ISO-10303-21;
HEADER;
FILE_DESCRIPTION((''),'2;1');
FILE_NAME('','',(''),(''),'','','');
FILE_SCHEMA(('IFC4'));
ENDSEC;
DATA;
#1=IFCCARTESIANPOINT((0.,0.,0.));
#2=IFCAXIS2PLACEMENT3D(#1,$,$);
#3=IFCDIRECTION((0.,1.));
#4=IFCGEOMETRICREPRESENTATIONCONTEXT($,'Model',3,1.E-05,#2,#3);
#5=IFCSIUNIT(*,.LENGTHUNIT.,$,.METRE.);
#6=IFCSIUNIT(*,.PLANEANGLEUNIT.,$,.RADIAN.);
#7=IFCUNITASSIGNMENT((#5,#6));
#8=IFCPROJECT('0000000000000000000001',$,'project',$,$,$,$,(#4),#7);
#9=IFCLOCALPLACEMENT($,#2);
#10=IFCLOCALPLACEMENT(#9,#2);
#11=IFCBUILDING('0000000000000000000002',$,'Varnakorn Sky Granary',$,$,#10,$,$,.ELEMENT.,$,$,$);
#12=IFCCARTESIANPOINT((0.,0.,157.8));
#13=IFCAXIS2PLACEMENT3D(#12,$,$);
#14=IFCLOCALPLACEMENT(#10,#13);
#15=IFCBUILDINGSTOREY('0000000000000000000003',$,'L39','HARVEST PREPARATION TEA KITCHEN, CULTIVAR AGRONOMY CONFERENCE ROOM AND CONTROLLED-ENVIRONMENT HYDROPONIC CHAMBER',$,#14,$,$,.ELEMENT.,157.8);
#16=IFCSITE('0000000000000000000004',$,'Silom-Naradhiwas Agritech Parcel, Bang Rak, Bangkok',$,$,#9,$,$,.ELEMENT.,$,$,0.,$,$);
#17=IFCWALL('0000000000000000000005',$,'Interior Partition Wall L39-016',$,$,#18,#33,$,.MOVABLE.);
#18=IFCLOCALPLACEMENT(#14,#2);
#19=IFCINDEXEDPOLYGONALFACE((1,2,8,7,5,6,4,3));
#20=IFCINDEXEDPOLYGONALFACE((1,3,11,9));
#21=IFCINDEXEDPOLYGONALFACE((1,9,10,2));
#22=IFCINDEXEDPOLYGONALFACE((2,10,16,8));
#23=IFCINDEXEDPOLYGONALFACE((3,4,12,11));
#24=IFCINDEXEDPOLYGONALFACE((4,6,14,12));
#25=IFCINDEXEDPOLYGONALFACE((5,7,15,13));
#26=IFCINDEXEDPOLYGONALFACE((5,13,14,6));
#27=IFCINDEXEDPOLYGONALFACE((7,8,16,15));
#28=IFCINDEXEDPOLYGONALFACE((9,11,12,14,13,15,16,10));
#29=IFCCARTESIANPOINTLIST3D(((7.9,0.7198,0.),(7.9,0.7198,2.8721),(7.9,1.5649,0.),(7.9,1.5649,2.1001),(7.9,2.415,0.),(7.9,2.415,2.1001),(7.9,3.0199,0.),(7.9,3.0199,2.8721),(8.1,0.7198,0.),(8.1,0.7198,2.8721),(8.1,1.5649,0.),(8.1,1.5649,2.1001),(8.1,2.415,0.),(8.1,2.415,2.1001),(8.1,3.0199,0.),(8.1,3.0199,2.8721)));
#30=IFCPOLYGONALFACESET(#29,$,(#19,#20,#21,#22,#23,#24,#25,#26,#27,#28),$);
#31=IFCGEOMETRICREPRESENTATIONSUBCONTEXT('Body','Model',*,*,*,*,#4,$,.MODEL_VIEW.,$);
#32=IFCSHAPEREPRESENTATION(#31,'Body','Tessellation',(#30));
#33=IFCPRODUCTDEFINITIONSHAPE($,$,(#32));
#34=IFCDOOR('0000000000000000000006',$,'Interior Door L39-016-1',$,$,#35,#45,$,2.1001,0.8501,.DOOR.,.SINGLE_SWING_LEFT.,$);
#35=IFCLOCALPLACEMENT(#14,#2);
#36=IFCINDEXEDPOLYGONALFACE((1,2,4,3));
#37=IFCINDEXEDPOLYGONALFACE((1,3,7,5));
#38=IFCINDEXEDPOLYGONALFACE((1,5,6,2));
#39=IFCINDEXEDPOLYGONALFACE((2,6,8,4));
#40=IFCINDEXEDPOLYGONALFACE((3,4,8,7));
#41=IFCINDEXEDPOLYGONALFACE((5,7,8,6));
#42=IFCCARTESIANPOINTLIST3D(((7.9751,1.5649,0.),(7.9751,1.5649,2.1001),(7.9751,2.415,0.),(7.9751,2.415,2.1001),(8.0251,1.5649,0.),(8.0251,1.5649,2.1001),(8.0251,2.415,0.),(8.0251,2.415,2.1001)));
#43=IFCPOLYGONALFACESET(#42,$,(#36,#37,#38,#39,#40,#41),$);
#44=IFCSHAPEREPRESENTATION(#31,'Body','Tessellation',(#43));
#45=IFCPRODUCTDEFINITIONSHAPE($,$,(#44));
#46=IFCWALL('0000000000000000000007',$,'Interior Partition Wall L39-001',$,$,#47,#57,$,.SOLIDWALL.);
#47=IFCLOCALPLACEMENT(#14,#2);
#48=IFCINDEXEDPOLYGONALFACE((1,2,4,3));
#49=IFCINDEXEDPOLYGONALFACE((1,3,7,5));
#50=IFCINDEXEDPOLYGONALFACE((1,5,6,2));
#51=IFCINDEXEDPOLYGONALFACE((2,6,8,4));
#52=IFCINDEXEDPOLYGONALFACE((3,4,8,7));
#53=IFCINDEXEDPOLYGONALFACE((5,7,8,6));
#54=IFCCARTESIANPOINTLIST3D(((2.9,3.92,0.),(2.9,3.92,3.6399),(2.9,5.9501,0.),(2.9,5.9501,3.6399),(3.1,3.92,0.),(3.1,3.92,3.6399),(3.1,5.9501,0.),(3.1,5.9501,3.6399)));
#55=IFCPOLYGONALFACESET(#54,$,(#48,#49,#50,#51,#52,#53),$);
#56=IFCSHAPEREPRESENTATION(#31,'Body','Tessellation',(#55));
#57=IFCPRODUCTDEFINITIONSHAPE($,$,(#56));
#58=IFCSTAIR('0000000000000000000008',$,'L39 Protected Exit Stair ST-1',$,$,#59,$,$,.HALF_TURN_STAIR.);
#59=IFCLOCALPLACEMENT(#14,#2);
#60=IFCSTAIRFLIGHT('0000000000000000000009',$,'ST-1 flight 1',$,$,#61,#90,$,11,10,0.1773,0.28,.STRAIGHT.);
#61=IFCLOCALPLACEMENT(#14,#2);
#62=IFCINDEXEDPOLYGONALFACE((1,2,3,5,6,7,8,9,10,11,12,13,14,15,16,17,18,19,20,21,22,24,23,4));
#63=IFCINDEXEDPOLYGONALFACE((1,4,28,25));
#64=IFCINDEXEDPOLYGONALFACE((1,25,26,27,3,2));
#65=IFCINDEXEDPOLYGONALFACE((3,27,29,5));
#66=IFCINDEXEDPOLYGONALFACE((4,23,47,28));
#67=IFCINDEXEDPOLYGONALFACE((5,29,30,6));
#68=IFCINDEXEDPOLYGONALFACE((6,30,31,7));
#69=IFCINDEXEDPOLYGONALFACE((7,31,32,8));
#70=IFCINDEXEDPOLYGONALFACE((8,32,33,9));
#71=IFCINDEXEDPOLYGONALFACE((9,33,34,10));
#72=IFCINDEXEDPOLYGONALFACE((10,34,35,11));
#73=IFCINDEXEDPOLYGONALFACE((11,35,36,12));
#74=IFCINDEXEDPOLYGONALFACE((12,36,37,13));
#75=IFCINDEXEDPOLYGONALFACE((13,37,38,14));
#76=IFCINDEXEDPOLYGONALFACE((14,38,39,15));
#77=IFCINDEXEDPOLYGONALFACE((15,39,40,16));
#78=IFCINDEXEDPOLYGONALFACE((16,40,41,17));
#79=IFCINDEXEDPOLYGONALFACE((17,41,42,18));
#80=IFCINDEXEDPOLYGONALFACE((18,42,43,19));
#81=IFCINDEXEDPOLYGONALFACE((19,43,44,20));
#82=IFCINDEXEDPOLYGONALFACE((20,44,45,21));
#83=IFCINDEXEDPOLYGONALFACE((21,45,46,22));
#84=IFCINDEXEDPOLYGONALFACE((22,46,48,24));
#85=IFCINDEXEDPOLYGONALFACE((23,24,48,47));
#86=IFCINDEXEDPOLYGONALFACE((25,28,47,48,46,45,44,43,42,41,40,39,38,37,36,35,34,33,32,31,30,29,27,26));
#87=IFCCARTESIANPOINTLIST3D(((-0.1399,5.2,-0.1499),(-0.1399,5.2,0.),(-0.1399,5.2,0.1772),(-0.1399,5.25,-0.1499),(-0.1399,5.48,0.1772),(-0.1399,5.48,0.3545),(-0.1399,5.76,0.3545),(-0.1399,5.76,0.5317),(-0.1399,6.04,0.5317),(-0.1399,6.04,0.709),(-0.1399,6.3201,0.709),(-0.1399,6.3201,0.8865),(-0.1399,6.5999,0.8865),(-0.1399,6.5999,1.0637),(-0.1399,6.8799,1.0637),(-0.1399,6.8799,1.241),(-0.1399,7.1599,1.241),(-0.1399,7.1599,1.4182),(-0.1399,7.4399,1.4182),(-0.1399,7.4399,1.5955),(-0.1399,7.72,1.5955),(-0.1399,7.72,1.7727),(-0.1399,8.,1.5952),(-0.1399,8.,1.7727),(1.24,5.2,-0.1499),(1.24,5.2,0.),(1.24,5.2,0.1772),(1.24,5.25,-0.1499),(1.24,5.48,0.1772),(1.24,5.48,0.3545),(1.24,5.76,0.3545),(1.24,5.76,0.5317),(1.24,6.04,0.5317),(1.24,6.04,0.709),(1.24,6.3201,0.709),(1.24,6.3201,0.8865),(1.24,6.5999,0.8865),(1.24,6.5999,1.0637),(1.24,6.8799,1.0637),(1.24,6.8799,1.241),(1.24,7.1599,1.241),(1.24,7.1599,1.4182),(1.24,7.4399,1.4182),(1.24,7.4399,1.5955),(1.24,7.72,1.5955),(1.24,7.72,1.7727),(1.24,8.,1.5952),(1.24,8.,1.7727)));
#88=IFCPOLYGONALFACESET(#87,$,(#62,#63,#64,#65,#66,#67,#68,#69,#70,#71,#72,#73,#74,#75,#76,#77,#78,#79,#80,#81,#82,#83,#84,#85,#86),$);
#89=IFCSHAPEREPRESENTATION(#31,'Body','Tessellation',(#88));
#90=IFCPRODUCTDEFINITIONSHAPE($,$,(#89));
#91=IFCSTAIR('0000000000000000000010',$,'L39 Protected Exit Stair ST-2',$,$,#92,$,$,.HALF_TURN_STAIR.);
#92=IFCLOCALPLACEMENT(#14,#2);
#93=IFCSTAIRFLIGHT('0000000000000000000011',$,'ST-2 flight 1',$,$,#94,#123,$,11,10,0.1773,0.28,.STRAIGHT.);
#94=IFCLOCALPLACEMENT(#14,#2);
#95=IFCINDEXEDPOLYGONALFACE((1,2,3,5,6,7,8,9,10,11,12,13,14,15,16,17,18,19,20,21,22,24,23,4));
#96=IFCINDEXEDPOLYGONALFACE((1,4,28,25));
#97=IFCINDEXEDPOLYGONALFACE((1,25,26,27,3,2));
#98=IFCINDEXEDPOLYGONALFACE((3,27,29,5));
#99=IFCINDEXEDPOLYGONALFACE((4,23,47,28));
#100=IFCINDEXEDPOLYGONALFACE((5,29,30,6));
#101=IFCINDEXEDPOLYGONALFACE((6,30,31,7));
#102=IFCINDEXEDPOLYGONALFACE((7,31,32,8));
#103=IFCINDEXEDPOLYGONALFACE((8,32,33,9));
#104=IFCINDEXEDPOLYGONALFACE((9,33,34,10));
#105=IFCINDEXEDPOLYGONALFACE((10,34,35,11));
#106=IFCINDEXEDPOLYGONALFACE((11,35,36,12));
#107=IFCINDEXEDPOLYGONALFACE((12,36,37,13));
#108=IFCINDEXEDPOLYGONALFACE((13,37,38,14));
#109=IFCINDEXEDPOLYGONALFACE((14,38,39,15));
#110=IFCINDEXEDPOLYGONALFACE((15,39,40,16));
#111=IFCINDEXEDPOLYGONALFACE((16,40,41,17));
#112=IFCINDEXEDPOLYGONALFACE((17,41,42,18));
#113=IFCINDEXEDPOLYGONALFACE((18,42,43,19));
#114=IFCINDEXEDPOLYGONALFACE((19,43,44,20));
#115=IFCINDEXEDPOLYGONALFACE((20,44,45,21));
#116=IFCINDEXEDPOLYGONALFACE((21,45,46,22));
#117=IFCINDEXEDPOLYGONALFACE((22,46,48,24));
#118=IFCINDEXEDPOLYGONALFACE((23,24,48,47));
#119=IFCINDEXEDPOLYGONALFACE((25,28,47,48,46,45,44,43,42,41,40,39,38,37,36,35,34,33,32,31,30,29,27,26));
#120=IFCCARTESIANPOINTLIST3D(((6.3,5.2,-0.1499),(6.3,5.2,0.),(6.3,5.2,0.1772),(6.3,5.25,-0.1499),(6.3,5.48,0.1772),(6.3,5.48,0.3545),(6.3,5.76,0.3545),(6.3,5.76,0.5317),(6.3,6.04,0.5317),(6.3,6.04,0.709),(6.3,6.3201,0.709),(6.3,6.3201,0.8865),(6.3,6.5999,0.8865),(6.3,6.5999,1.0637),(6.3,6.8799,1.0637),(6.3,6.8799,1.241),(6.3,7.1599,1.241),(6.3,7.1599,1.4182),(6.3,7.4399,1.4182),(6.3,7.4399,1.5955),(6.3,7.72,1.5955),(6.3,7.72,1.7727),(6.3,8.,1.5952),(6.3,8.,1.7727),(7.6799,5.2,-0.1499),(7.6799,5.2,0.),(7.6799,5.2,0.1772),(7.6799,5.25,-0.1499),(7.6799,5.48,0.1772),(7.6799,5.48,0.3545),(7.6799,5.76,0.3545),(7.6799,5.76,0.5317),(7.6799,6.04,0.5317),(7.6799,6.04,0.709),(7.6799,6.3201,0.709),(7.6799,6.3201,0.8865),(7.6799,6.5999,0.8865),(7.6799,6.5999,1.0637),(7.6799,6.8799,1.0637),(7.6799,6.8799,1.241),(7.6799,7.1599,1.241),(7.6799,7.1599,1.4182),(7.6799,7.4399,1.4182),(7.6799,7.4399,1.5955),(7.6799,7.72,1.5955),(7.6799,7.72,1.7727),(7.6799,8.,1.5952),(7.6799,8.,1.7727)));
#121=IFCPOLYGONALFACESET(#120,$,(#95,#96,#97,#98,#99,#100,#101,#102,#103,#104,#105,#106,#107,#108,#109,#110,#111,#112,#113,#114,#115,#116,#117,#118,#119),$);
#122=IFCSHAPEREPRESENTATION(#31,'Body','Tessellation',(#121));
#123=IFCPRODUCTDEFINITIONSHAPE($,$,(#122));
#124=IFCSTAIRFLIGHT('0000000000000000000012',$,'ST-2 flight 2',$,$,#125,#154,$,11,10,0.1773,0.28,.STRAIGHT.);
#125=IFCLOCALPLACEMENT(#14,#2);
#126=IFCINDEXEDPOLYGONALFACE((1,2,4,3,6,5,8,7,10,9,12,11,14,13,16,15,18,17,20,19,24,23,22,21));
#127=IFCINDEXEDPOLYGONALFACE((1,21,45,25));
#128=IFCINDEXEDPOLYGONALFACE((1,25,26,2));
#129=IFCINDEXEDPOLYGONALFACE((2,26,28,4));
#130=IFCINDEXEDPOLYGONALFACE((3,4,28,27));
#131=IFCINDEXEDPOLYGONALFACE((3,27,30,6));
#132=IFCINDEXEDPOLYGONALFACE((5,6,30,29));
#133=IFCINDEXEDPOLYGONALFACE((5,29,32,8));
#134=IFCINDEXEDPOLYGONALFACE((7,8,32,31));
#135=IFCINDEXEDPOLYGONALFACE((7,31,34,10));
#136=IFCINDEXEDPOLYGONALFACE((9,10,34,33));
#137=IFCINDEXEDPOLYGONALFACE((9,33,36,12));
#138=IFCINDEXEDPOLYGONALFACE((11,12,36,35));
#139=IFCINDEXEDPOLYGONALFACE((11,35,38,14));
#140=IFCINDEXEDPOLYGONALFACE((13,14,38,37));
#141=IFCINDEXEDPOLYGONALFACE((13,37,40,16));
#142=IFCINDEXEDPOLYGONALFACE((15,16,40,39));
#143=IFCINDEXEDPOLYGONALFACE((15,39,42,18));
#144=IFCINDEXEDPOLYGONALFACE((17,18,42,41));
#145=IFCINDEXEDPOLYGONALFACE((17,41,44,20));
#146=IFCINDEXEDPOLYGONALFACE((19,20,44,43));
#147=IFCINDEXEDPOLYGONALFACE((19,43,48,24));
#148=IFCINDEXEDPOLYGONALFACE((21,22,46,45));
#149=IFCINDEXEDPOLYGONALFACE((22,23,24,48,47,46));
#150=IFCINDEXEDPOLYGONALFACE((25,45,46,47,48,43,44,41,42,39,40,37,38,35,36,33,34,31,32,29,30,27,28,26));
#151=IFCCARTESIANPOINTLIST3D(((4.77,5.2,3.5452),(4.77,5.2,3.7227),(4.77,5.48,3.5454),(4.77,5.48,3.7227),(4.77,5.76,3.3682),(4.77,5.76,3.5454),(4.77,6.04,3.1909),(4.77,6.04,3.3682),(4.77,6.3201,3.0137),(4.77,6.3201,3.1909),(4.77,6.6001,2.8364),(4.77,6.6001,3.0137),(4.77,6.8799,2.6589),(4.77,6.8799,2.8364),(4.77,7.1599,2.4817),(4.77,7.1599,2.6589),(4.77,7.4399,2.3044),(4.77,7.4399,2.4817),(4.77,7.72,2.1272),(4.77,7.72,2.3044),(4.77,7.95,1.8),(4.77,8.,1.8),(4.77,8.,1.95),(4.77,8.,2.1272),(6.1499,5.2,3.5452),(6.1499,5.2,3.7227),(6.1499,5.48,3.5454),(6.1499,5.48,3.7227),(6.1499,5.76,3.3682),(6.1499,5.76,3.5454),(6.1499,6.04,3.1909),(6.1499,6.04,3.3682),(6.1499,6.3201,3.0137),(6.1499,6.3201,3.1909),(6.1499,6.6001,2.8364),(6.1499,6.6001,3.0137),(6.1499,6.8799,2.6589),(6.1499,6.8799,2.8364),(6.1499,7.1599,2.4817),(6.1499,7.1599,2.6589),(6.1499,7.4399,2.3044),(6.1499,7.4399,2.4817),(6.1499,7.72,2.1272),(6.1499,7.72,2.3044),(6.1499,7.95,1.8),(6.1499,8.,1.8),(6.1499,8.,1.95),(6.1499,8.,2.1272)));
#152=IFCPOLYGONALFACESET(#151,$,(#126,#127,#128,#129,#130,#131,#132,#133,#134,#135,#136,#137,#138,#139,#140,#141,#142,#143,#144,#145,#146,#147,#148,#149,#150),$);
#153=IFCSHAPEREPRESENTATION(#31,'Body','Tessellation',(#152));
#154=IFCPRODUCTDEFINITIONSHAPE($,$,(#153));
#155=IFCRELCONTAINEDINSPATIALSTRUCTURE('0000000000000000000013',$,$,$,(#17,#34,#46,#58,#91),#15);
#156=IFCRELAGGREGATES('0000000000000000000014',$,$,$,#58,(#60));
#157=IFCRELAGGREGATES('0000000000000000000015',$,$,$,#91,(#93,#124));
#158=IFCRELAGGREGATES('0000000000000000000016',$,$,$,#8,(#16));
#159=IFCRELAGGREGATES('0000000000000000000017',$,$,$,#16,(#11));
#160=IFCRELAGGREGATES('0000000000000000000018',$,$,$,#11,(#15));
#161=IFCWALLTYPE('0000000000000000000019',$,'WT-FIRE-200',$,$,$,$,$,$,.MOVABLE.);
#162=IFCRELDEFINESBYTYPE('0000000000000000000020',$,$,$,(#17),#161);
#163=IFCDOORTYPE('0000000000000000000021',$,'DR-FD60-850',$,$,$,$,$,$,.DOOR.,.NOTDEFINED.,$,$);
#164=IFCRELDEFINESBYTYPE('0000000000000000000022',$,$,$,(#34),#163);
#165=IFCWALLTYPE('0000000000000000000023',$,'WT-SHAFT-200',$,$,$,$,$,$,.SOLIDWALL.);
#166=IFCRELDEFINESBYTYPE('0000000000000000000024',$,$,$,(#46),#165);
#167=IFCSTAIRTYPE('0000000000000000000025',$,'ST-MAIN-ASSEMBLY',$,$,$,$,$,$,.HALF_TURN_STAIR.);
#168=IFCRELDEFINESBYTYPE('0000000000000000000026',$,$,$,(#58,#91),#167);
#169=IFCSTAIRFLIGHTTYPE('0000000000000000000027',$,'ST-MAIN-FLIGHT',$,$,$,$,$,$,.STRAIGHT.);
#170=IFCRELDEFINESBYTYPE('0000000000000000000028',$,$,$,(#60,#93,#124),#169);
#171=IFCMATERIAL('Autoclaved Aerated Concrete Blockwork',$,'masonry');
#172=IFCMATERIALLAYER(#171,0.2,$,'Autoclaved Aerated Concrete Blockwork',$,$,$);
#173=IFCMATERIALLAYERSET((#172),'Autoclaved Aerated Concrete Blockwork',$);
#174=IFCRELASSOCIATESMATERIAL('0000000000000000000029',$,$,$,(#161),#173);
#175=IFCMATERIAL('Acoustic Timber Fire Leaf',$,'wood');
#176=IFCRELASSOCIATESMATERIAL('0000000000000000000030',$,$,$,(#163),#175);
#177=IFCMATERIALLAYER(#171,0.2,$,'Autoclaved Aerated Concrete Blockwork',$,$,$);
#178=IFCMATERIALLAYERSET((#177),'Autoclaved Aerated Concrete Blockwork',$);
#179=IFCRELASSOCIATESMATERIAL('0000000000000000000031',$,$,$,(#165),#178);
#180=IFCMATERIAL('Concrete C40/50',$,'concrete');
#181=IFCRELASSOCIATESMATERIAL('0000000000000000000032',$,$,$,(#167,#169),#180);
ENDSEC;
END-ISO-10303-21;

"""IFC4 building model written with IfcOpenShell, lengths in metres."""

from ifc_helpers import new_model, si_unit, direction, frame, frame_2d, origin, place, context, subcontext, project, spatial, polyline, rectangle, outline, extrude, material, layer, layer_set, type_object, element, fill, aggregate, save


model = new_model("IFC4")

# Units and contexts
model_context = context("Model", 3, precision=1e-05, world=origin(), true_north=direction((0.0, 1.0)))
body_context = subcontext(model_context, "Body", "Model", "MODEL_VIEW")
ifc_project = project(units=[si_unit("LENGTHUNIT", "METRE"), si_unit("PLANEANGLEUNIT", "RADIAN")], contexts=[model_context])

# Site, building, storey
site_placement = place(None, origin())
site = spatial("IfcSite", under=ifc_project, at=site_placement, Name="Silom-Naradhiwas Agritech Parcel, Bang Rak, Bangkok", CompositionType="ELEMENT", RefElevation=0.0)
building_placement = place(site_placement, origin())
building = spatial("IfcBuilding", under=site, at=building_placement, Name="Varnakorn Sky Granary", CompositionType="ELEMENT")
storey_placement = place(building_placement, frame((0.0, 0.0, 157.8)))
storey = spatial("IfcBuildingStorey", under=building, at=storey_placement, Name="L39", Description="HARVEST PREPARATION TEA KITCHEN, CULTIVAR AGRONOMY CONFERENCE ROOM AND CONTROLLED-ENVIRONMENT HYDROPONIC CHAMBER", CompositionType="ELEMENT", Elevation=157.8)

# Wall, opening, door
ifc_material_1 = material(Name="Autoclaved Aerated Concrete Blockwork", Category="masonry")
ifc_layer_1 = layer(ifc_material_1, 0.2, Name="Autoclaved Aerated Concrete Blockwork")
ifc_layer_set_1 = layer_set([ifc_layer_1], Name="Autoclaved Aerated Concrete Blockwork")
wall_type_1 = type_object("IfcWallType", Name="WT-FIRE-200", PredefinedType="MOVABLE", material=ifc_layer_set_1)
ifc_material_2 = material(Name="Acoustic Timber Fire Leaf", Category="wood")
door_type_1 = type_object("IfcDoorType", Name="DR-FD60-850", OperationType="NOTDEFINED", PredefinedType="DOOR", material=ifc_material_2)
wall_1_placement = place(storey_placement, frame((8.0, 0.72, 0.0), z_axis=(0.0, 0.0, 1.0), x_axis=(0.0, 1.0, 0.0)))
wall_1 = element("IfcWall", 1, at=wall_1_placement, inside=storey, type_object=wall_type_1, Name="Interior Partition Wall L39-016", PredefinedType="MOVABLE", context=body_context, shape_type="SweptSolid", body=[
    extrude(rectangle(XDim=2.3, YDim=0.2, at=frame_2d((1.1499, 0.0))), origin(), (0.0, 0.0, 1.0), 2.8721),
])
opening_1_placement = place(wall_1_placement, frame((0.845, 0.0, 0.0)))
opening_1 = element("IfcOpeningElement", 2, at=opening_1_placement, cuts=wall_1, PredefinedType="OPENING", context=body_context, shape_type="SweptSolid", body=[
    extrude(rectangle(XDim=0.8501, YDim=2.1001, at=frame_2d((0.425, 1.05))), frame((0.0, 0.1099, 0.0), z_axis=(0.0, -1.0, 0.0), x_axis=(1.0, 0.0, 0.0)), (0.0, 0.0, 1.0), 0.22),
])
door_1_placement = place(opening_1_placement, origin())
door_1 = element("IfcDoor", 3, at=door_1_placement, inside=storey, type_object=door_type_1, Name="Interior Door L39-016-1", OperationType="SINGLE_SWING_LEFT", OverallHeight=2.1001, OverallWidth=0.8501, PredefinedType="DOOR", context=body_context, shape_type="SweptSolid", body=[
    extrude(rectangle(XDim=0.8501, YDim=2.1001, at=frame_2d((0.425, 1.05))), frame((0.0, 0.0249, 0.0), z_axis=(0.0, -1.0, 0.0), x_axis=(1.0, 0.0, 0.0)), (0.0, 0.0, 1.0), 0.05),
])
fill(opening_1, door_1)

# Wall
ifc_layer_2 = layer(ifc_material_1, 0.2, Name="Autoclaved Aerated Concrete Blockwork")
ifc_layer_set_2 = layer_set([ifc_layer_2], Name="Autoclaved Aerated Concrete Blockwork")
wall_type_2 = type_object("IfcWallType", Name="WT-SHAFT-200", PredefinedType="SOLIDWALL", material=ifc_layer_set_2)
wall_2_placement = place(storey_placement, frame((3.0, 3.9199, 0.0), z_axis=(0.0, 0.0, 1.0), x_axis=(0.0, 1.0, 0.0)))
element("IfcWall", 4, at=wall_2_placement, inside=storey, type_object=wall_type_2, Name="Interior Partition Wall L39-001", PredefinedType="SOLIDWALL", context=body_context, shape_type="SweptSolid", body=[
    extrude(rectangle(XDim=2.03, YDim=0.2, at=frame_2d((1.0151, 0.0))), origin(), (0.0, 0.0, 1.0), 3.6399),
])

# Stair, stair flight
ifc_material_3 = material(Name="Concrete C40/50", Category="concrete")
stair_type = type_object("IfcStairType", Name="ST-MAIN-ASSEMBLY", PredefinedType="HALF_TURN_STAIR", material=ifc_material_3)
stair_1_placement = place(storey_placement, origin())
stair_1 = element("IfcStair", 5, at=stair_1_placement, inside=storey, type_object=stair_type, Name="L39 Protected Exit Stair ST-1", PredefinedType="HALF_TURN_STAIR")
stair_flight_type = type_object("IfcStairFlightType", Name="ST-MAIN-FLIGHT", PredefinedType="STRAIGHT", material=ifc_material_3)
stair_flight_1_placement = place(storey_placement, frame((0.55, 5.2, 0.0), z_axis=(0.0, 0.0, 1.0), x_axis=(0.0, 1.0, 0.0)))
stair_flight_1 = element("IfcStairFlight", 6, at=stair_flight_1_placement, type_object=stair_flight_type, Name="ST-1 flight 1", NumberOfRisers=11, NumberOfTreads=10, PredefinedType="STRAIGHT", RiserHeight=0.1773, TreadLength=0.28, context=body_context, shape_type="SweptSolid", body=[
    extrude(outline(polyline([(0.0, -0.1499), (0.0, 0.0), (0.0, 0.1772), (0.28, 0.1772), (0.28, 0.3545), (0.5601, 0.3545), (0.5601, 0.5317), (0.8401, 0.5317), (0.8401, 0.709), (1.1201, 0.709), (1.1201, 0.8865), (1.3999, 0.8865), (1.3999, 1.0637), (1.6799, 1.0637), (1.6799, 1.241), (1.96, 1.241), (1.96, 1.4182), (2.24, 1.4182), (2.24, 1.5955), (2.52, 1.5955), (2.52, 1.7727), (2.8, 1.7727), (2.8, 1.95), (2.8, 1.5952), (0.05, -0.1499), (0.0, -0.1499)])), frame((0.0, 0.6899, 0.0), z_axis=(0.0, -1.0, 0.0), x_axis=(1.0, 0.0, 0.0)), (0.0, 0.0, 1.0), 1.3799),
])
aggregate(stair_1, [stair_flight_1])

# Stair, stair flights
stair_2_placement = place(storey_placement, origin())
stair_2 = element("IfcStair", 7, at=stair_2_placement, inside=storey, type_object=stair_type, Name="L39 Protected Exit Stair ST-2", PredefinedType="HALF_TURN_STAIR")
stair_flight_2_placement = place(storey_placement, frame((6.99, 5.2, 0.0), z_axis=(0.0, 0.0, 1.0), x_axis=(0.0, 1.0, 0.0)))
stair_flight_2 = element("IfcStairFlight", 8, at=stair_flight_2_placement, type_object=stair_flight_type, Name="ST-2 flight 1", NumberOfRisers=11, NumberOfTreads=10, PredefinedType="STRAIGHT", RiserHeight=0.1773, TreadLength=0.28, context=body_context, shape_type="SweptSolid", body=[
    extrude(outline(polyline([(0.0, -0.1499), (0.0, 0.0), (0.0, 0.1772), (0.28, 0.1772), (0.28, 0.3545), (0.5601, 0.3545), (0.5601, 0.5317), (0.8401, 0.5317), (0.8401, 0.709), (1.1201, 0.709), (1.1201, 0.8865), (1.3999, 0.8865), (1.3999, 1.0637), (1.6799, 1.0637), (1.6799, 1.241), (1.96, 1.241), (1.96, 1.4182), (2.24, 1.4182), (2.24, 1.5955), (2.52, 1.5955), (2.52, 1.7727), (2.8, 1.7727), (2.8, 1.95), (2.8, 1.5952), (0.05, -0.1499), (0.0, -0.1499)])), frame((0.0, 0.6899, 0.0), z_axis=(0.0, -1.0, 0.0), x_axis=(1.0, 0.0, 0.0)), (0.0, 0.0, 1.0), 1.3799),
])
stair_flight_3_placement = place(storey_placement, frame((5.46, 8.0, 1.95), z_axis=(0.0, 0.0, 1.0), x_axis=(0.0, -1.0, 0.0)))
stair_flight_3 = element("IfcStairFlight", 9, at=stair_flight_3_placement, type_object=stair_flight_type, Name="ST-2 flight 2", NumberOfRisers=11, NumberOfTreads=10, PredefinedType="STRAIGHT", RiserHeight=0.1773, TreadLength=0.28, context=body_context, shape_type="SweptSolid", body=[
    extrude(outline(polyline([(0.0, -0.1499), (0.0, 0.0), (0.0, 0.1772), (0.28, 0.1772), (0.28, 0.3545), (0.5601, 0.3545), (0.5601, 0.5317), (0.8401, 0.5317), (0.8401, 0.709), (1.1201, 0.709), (1.1201, 0.8865), (1.3999, 0.8865), (1.3999, 1.0637), (1.6799, 1.0637), (1.6799, 1.241), (1.96, 1.241), (1.96, 1.4182), (2.24, 1.4182), (2.24, 1.5955), (2.52, 1.5955), (2.52, 1.7727), (2.8, 1.7727), (2.8, 1.95), (2.8, 1.5952), (0.05, -0.1499), (0.0, -0.1499)])), frame((0.0, 0.6899, 0.0), z_axis=(0.0, -1.0, 0.0), x_axis=(1.0, 0.0, 0.0)), (0.0, 0.0, 1.0), 1.3799),
])
aggregate(stair_2, [stair_flight_2, stair_flight_3])

save(model, "model.ifc")
